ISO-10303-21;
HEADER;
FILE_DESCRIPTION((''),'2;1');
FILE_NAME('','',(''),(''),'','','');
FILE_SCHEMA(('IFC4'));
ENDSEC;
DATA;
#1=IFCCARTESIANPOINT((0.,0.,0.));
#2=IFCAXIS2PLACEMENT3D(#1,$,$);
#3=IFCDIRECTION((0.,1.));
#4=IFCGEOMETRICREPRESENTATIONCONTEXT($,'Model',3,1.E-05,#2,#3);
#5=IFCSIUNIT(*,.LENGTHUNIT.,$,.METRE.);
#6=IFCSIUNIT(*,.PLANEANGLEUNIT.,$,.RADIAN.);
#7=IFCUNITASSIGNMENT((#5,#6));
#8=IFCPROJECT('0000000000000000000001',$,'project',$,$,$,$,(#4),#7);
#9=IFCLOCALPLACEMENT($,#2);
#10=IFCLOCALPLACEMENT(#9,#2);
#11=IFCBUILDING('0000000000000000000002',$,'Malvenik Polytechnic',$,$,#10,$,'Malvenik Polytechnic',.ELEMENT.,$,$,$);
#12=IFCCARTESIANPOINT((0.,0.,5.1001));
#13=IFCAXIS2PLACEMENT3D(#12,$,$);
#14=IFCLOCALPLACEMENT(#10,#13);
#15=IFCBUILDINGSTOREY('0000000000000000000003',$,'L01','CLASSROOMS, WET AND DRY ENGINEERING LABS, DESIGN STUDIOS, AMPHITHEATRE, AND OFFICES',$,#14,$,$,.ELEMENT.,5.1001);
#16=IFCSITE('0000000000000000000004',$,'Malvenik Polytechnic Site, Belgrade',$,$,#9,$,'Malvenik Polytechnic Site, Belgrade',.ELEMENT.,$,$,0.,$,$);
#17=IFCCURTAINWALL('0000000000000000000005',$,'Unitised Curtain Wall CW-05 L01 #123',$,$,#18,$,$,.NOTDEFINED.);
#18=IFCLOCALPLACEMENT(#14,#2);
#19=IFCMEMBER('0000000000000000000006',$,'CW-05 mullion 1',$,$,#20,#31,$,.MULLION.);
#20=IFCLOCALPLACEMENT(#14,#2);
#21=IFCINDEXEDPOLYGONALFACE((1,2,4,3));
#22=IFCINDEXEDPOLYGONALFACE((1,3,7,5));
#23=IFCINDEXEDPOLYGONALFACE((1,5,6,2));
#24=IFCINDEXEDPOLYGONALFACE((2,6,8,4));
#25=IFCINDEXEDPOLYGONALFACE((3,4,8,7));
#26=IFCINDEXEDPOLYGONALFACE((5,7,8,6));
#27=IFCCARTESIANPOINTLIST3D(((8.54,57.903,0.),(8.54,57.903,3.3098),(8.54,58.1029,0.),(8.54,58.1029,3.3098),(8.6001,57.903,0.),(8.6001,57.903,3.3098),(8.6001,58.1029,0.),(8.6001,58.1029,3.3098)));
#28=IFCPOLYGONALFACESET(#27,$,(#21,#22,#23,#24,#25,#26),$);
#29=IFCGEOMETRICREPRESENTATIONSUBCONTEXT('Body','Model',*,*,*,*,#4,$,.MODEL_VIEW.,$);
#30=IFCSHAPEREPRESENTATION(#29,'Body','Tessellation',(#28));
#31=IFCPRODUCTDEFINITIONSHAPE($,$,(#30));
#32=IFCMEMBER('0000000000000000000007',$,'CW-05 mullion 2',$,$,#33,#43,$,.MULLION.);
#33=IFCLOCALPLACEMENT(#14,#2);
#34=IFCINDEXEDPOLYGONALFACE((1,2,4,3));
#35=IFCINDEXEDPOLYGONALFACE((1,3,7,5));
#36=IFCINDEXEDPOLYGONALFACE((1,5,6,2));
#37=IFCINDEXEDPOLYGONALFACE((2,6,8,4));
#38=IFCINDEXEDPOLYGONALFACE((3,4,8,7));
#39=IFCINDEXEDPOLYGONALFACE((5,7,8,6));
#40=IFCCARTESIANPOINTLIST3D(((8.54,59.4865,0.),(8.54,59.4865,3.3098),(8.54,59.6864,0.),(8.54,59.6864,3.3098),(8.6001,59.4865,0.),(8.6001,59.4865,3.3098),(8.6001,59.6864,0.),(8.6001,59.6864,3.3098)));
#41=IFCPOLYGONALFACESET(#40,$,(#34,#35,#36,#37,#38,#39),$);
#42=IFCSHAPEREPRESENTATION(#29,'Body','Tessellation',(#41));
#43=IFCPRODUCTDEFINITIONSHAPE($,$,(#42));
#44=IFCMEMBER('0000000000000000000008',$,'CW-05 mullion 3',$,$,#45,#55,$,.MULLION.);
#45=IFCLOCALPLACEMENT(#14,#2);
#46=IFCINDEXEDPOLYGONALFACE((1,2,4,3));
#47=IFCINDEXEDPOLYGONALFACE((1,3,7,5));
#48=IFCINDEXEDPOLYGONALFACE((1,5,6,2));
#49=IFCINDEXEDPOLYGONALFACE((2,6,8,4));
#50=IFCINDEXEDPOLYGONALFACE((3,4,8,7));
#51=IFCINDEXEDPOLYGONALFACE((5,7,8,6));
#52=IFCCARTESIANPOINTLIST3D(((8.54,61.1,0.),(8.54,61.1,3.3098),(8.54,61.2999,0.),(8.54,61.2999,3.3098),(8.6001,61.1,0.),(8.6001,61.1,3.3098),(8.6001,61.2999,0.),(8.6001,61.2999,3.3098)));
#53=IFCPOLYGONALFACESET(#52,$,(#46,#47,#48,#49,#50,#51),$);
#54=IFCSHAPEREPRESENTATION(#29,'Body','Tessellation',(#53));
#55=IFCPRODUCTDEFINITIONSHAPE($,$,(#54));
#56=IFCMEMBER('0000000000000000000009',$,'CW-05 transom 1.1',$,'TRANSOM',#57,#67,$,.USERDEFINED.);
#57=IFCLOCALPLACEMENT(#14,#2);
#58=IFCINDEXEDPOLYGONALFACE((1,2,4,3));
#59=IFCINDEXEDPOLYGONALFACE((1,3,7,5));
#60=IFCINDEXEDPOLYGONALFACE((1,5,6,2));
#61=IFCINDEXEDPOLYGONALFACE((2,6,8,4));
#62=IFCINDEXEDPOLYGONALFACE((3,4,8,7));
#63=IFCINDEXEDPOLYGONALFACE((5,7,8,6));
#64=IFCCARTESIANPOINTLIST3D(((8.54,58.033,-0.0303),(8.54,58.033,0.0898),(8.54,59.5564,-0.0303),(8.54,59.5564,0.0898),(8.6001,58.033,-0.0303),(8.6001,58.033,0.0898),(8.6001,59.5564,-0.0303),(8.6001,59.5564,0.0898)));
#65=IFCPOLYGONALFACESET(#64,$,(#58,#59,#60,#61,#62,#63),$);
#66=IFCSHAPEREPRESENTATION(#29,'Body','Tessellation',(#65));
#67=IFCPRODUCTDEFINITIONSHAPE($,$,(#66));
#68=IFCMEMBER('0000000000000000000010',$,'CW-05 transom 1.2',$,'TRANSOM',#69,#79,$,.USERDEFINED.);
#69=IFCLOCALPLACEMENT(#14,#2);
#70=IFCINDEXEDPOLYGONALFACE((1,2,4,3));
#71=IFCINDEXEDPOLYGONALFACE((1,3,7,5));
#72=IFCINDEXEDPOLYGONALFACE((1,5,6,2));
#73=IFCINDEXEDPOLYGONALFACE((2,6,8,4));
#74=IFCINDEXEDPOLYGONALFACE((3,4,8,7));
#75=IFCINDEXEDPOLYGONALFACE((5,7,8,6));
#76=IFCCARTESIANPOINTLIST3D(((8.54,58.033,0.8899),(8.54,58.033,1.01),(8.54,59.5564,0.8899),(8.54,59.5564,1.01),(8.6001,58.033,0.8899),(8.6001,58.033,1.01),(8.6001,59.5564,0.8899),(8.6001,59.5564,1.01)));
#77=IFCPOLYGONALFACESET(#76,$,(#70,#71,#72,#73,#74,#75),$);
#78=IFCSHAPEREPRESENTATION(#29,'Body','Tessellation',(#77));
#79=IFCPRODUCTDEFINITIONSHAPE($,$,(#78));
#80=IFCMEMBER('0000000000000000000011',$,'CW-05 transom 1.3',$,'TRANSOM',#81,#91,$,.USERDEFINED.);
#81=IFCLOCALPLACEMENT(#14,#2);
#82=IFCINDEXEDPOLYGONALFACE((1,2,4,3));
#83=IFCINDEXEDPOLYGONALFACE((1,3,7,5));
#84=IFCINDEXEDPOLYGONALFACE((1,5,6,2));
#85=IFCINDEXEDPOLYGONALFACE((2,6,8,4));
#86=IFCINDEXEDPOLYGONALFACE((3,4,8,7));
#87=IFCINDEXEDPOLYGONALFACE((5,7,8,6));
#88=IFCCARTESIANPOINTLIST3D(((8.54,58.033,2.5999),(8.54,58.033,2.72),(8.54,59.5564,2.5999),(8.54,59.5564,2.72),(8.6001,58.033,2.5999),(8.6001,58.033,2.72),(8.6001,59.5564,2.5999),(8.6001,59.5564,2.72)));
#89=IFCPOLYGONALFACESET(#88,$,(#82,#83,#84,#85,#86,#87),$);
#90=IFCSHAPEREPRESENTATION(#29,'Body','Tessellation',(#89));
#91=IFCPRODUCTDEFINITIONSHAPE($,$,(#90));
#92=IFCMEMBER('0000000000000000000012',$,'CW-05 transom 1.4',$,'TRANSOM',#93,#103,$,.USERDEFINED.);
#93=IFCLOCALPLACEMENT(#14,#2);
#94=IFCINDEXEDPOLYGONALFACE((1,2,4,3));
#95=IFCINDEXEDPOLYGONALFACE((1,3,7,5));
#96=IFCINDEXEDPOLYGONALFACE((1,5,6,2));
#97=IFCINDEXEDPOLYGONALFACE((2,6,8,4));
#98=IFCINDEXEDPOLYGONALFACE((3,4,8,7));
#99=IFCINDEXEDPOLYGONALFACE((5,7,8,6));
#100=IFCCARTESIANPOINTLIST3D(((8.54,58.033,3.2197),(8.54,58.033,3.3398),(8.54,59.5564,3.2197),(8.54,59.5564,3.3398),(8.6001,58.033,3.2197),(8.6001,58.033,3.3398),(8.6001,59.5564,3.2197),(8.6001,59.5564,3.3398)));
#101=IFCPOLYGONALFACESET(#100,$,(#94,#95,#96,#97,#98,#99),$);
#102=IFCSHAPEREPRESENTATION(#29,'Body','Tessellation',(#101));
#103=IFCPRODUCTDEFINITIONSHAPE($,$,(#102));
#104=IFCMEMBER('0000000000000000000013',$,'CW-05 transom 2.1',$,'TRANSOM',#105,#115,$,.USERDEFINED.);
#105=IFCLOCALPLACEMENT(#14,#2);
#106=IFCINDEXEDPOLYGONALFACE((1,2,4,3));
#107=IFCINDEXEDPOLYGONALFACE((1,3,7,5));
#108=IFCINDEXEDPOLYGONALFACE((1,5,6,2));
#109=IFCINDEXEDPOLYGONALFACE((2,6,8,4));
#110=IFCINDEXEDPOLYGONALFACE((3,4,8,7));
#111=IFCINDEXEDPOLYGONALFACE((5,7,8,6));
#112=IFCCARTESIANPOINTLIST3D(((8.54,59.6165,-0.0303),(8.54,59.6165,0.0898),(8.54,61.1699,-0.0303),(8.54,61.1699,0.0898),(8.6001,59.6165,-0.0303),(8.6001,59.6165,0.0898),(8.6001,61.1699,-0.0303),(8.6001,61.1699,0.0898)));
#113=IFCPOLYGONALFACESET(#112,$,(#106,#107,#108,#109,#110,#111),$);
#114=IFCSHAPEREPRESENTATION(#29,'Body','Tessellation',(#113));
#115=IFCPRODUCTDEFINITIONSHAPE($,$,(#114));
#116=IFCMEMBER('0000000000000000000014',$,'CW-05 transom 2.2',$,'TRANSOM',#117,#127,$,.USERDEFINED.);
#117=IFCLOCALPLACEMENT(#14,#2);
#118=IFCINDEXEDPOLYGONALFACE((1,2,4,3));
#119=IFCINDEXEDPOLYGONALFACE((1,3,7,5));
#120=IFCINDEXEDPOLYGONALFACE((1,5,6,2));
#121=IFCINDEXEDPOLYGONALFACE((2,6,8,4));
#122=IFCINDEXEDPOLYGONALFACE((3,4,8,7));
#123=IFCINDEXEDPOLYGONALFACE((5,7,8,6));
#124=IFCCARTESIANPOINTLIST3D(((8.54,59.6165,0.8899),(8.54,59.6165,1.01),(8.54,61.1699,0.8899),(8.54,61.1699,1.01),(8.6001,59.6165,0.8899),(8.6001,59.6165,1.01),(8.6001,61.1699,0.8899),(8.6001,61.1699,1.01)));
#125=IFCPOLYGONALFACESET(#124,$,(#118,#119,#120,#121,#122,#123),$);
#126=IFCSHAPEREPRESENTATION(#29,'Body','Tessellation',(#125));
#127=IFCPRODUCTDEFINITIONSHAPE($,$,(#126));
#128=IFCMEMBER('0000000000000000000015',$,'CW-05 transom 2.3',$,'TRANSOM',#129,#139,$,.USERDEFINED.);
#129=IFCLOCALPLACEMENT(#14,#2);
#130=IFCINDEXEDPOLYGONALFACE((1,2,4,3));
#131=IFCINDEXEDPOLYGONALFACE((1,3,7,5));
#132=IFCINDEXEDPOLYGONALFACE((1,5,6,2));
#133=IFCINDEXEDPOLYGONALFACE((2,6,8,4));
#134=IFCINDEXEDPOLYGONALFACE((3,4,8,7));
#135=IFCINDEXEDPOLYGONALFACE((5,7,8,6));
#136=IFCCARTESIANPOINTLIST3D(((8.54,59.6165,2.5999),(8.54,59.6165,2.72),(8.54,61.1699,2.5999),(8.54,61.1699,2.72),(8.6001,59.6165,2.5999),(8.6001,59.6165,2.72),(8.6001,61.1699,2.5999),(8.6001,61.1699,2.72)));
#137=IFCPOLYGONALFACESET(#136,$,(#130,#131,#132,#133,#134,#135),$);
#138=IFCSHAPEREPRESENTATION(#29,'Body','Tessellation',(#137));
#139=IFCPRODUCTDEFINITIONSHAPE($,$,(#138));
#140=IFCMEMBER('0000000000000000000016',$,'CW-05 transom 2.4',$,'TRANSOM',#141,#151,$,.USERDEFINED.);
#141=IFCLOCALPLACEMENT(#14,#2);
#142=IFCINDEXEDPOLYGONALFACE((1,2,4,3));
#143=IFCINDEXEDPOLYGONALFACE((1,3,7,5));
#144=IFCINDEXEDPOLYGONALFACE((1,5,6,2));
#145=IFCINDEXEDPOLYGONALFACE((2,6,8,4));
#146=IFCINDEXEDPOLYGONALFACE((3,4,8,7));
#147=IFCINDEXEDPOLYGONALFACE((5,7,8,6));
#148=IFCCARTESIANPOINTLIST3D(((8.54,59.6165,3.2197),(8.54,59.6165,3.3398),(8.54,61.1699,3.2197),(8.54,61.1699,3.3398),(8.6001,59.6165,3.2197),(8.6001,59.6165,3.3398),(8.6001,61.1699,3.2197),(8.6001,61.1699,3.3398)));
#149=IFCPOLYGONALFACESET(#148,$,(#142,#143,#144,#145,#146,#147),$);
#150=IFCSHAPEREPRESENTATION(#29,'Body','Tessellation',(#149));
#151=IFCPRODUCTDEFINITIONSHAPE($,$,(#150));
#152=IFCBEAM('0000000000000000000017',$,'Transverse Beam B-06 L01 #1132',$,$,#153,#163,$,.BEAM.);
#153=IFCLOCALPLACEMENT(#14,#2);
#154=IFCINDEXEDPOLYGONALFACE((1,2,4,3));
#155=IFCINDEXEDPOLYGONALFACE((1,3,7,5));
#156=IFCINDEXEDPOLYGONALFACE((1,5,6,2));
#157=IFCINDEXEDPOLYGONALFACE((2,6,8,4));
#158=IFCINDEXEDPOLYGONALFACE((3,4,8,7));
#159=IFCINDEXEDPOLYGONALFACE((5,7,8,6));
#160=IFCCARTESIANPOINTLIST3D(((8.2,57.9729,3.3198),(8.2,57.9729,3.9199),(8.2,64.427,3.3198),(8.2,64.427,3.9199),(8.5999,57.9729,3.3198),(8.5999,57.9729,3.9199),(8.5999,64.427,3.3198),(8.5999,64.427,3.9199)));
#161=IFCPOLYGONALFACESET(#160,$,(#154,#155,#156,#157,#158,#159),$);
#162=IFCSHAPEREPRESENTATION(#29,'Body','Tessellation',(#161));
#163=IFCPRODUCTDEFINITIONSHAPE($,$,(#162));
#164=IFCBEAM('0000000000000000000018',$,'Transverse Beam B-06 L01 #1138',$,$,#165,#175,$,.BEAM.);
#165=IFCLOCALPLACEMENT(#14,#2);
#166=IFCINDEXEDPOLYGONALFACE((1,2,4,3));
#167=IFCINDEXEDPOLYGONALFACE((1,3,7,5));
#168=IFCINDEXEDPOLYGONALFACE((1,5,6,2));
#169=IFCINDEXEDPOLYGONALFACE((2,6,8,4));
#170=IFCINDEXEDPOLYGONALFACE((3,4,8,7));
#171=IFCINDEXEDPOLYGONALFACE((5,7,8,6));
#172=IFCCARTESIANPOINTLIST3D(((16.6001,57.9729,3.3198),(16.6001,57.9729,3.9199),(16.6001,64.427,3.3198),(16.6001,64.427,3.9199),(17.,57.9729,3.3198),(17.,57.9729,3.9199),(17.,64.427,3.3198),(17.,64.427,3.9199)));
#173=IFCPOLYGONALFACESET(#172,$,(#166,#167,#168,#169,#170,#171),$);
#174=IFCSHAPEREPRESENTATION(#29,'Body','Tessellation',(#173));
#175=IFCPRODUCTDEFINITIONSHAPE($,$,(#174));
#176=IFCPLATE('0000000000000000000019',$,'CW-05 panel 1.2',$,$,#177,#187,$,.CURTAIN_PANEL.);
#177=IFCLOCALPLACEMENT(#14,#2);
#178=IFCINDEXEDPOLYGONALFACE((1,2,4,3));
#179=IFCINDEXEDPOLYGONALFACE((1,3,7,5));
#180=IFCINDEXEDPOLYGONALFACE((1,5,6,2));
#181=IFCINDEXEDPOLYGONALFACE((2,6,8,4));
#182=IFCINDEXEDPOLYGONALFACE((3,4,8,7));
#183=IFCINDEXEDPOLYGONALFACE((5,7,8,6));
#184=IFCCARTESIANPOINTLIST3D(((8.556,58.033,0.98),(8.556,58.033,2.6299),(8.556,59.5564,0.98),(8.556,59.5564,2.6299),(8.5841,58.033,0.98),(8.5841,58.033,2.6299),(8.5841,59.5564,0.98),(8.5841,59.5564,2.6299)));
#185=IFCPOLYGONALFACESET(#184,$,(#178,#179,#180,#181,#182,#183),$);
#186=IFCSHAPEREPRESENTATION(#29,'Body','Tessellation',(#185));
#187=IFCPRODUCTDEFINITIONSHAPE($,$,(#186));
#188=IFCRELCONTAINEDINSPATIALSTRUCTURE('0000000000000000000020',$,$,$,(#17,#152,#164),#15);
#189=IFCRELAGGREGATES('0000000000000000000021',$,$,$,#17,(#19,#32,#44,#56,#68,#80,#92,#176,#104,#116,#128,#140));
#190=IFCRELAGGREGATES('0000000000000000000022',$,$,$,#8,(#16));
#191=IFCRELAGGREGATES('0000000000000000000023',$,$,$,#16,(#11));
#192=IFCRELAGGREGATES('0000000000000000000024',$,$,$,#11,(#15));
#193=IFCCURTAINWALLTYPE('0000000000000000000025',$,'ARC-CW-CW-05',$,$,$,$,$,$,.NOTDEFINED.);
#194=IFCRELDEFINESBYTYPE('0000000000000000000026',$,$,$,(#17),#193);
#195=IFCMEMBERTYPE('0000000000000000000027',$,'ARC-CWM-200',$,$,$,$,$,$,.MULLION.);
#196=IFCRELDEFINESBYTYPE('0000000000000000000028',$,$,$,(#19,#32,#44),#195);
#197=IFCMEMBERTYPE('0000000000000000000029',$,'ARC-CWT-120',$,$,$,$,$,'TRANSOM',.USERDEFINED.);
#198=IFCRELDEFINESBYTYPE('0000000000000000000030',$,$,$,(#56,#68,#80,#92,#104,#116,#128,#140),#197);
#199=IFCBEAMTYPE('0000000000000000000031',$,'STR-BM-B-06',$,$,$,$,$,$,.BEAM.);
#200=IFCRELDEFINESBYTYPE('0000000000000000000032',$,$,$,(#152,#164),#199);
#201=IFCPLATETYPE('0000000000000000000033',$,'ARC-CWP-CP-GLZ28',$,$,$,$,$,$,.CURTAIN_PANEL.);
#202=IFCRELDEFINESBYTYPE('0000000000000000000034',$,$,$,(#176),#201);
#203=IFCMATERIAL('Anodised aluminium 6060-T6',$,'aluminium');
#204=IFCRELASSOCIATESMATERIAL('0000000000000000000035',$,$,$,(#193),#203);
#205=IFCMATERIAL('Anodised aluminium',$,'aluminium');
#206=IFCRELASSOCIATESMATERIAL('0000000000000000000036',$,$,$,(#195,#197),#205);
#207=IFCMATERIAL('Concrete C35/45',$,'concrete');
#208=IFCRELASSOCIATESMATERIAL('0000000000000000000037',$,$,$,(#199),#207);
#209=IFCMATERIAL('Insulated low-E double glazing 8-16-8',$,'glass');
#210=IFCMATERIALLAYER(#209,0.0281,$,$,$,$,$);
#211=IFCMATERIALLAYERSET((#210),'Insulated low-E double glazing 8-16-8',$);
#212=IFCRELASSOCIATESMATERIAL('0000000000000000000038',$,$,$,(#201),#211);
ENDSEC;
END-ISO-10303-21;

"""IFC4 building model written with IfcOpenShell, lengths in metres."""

from ifc_helpers import new_model, si_unit, direction, frame, origin, origin_2d, place, context, subcontext, project, spatial, rectangle, extrude, material, layer, layer_set, material_profile, profile_set, type_object, element, aggregate, save


model = new_model("IFC4")

# Units and contexts
model_context = context("Model", 3, precision=1e-05, world=origin(), true_north=direction((0.0, 1.0)))
body_context = subcontext(model_context, "Body", "Model", "MODEL_VIEW")
ifc_project = project(units=[si_unit("LENGTHUNIT", "METRE"), si_unit("PLANEANGLEUNIT", "RADIAN")], contexts=[model_context])

# Site, building, storey
site_placement = place(None, origin())
site = spatial("IfcSite", under=ifc_project, at=site_placement, Name="Malvenik Polytechnic Site, Belgrade", LongName="Malvenik Polytechnic Site, Belgrade", CompositionType="ELEMENT", RefElevation=0.0)
building_placement = place(site_placement, origin())
building = spatial("IfcBuilding", under=site, at=building_placement, Name="Malvenik Polytechnic", LongName="Malvenik Polytechnic", CompositionType="ELEMENT")
storey_placement = place(building_placement, frame((0.0, 0.0, 5.1001)))
storey = spatial("IfcBuildingStorey", under=building, at=storey_placement, Name="L01", Description="CLASSROOMS, WET AND DRY ENGINEERING LABS, DESIGN STUDIOS, AMPHITHEATRE, AND OFFICES", CompositionType="ELEMENT", Elevation=5.1001)

# Curtain wall, members
ifc_material_1 = material(Name="Anodised aluminium 6060-T6", Category="aluminium")
curtain_wall_type = type_object("IfcCurtainWallType", Name="ARC-CW-CW-05", PredefinedType="NOTDEFINED", material=ifc_material_1)
curtain_wall_placement = place(storey_placement, origin())
curtain_wall = element("IfcCurtainWall", 1, at=curtain_wall_placement, inside=storey, type_object=curtain_wall_type, Name="Unitised Curtain Wall CW-05 L01 #123", PredefinedType="NOTDEFINED")
ifc_material_2 = material(Name="Anodised aluminium", Category="aluminium")
ifc_material_profile_1 = material_profile(ifc_material_2, rectangle(XDim=0.0601, YDim=0.2, at=origin_2d()), Name="ALU MULLION 60x200")
ifc_profile_set_1 = profile_set([ifc_material_profile_1], Name="Anodised aluminium")
member_type_1 = type_object("IfcMemberType", Name="ARC-CWM-200", PredefinedType="MULLION", material=ifc_profile_set_1)
member_1_placement = place(storey_placement, frame((8.5701, 58.0029, 0.0), z_axis=(0.0, 0.0, 1.0), x_axis=(-1.0, 0.0, 0.0)))
member_1 = element("IfcMember", 2, at=member_1_placement, type_object=member_type_1, Name="CW-05 mullion 1", PredefinedType="MULLION", context=body_context, shape_type="SweptSolid", body=[
    extrude(rectangle(XDim=0.0601, YDim=0.2, at=origin_2d()), origin(), (0.0, 0.0, 1.0), 3.3098),
])
member_2_placement = place(storey_placement, frame((8.5701, 59.5864, 0.0), z_axis=(0.0, 0.0, 1.0), x_axis=(-1.0, 0.0, 0.0)))
member_2 = element("IfcMember", 3, at=member_2_placement, type_object=member_type_1, Name="CW-05 mullion 2", PredefinedType="MULLION", context=body_context, shape_type="SweptSolid", body=[
    extrude(rectangle(XDim=0.0601, YDim=0.2, at=origin_2d()), origin(), (0.0, 0.0, 1.0), 3.3098),
])
member_3_placement = place(storey_placement, frame((8.5701, 61.2, 0.0), z_axis=(0.0, 0.0, 1.0), x_axis=(-1.0, 0.0, 0.0)))
member_3 = element("IfcMember", 4, at=member_3_placement, type_object=member_type_1, Name="CW-05 mullion 3", PredefinedType="MULLION", context=body_context, shape_type="SweptSolid", body=[
    extrude(rectangle(XDim=0.0601, YDim=0.2, at=origin_2d()), origin(), (0.0, 0.0, 1.0), 3.3098),
])
ifc_material_profile_2 = material_profile(ifc_material_2, rectangle(XDim=0.0601, YDim=0.1201, at=origin_2d()), Name="ALU TRANSOM 60x120")
ifc_profile_set_2 = profile_set([ifc_material_profile_2], Name="Anodised aluminium")
member_type_2 = type_object("IfcMemberType", Name="ARC-CWT-120", ElementType="TRANSOM", PredefinedType="USERDEFINED", material=ifc_profile_set_2)
member_4_placement = place(storey_placement, frame((8.5701, 58.033, 0.0298), z_axis=(0.0, 1.0, 0.0), x_axis=(-1.0, 0.0, 0.0)))
member_4 = element("IfcMember", 5, at=member_4_placement, type_object=member_type_2, Name="CW-05 transom 1.1", ObjectType="TRANSOM", PredefinedType="USERDEFINED", context=body_context, shape_type="SweptSolid", body=[
    extrude(rectangle(XDim=0.0601, YDim=0.1201, at=origin_2d()), origin(), (0.0, 0.0, 1.0), 1.5234),
])
member_5_placement = place(storey_placement, frame((8.5701, 58.033, 0.95), z_axis=(0.0, 1.0, 0.0), x_axis=(-1.0, 0.0, 0.0)))
member_5 = element("IfcMember", 6, at=member_5_placement, type_object=member_type_2, Name="CW-05 transom 1.2", ObjectType="TRANSOM", PredefinedType="USERDEFINED", context=body_context, shape_type="SweptSolid", body=[
    extrude(rectangle(XDim=0.0601, YDim=0.1201, at=origin_2d()), origin(), (0.0, 0.0, 1.0), 1.5234),
])
member_6_placement = place(storey_placement, frame((8.5701, 58.033, 2.6599), z_axis=(0.0, 1.0, 0.0), x_axis=(-1.0, 0.0, 0.0)))
member_6 = element("IfcMember", 7, at=member_6_placement, type_object=member_type_2, Name="CW-05 transom 1.3", ObjectType="TRANSOM", PredefinedType="USERDEFINED", context=body_context, shape_type="SweptSolid", body=[
    extrude(rectangle(XDim=0.0601, YDim=0.1201, at=origin_2d()), origin(), (0.0, 0.0, 1.0), 1.5234),
])
member_7_placement = place(storey_placement, frame((8.5701, 58.033, 3.2798), z_axis=(0.0, 1.0, 0.0), x_axis=(-1.0, 0.0, 0.0)))
member_7 = element("IfcMember", 8, at=member_7_placement, type_object=member_type_2, Name="CW-05 transom 1.4", ObjectType="TRANSOM", PredefinedType="USERDEFINED", context=body_context, shape_type="SweptSolid", body=[
    extrude(rectangle(XDim=0.0601, YDim=0.1201, at=origin_2d()), origin(), (0.0, 0.0, 1.0), 1.5234),
])
member_8_placement = place(storey_placement, frame((8.5701, 59.6165, 0.0298), z_axis=(0.0, 1.0, 0.0), x_axis=(-1.0, 0.0, 0.0)))
member_8 = element("IfcMember", 9, at=member_8_placement, type_object=member_type_2, Name="CW-05 transom 2.1", ObjectType="TRANSOM", PredefinedType="USERDEFINED", context=body_context, shape_type="SweptSolid", body=[
    extrude(rectangle(XDim=0.0601, YDim=0.1201, at=origin_2d()), origin(), (0.0, 0.0, 1.0), 1.5535),
])
member_9_placement = place(storey_placement, frame((8.5701, 59.6165, 0.95), z_axis=(0.0, 1.0, 0.0), x_axis=(-1.0, 0.0, 0.0)))
member_9 = element("IfcMember", 10, at=member_9_placement, type_object=member_type_2, Name="CW-05 transom 2.2", ObjectType="TRANSOM", PredefinedType="USERDEFINED", context=body_context, shape_type="SweptSolid", body=[
    extrude(rectangle(XDim=0.0601, YDim=0.1201, at=origin_2d()), origin(), (0.0, 0.0, 1.0), 1.5535),
])
member_10_placement = place(storey_placement, frame((8.5701, 59.6165, 2.6599), z_axis=(0.0, 1.0, 0.0), x_axis=(-1.0, 0.0, 0.0)))
member_10 = element("IfcMember", 11, at=member_10_placement, type_object=member_type_2, Name="CW-05 transom 2.3", ObjectType="TRANSOM", PredefinedType="USERDEFINED", context=body_context, shape_type="SweptSolid", body=[
    extrude(rectangle(XDim=0.0601, YDim=0.1201, at=origin_2d()), origin(), (0.0, 0.0, 1.0), 1.5535),
])
member_11_placement = place(storey_placement, frame((8.5701, 59.6165, 3.2798), z_axis=(0.0, 1.0, 0.0), x_axis=(-1.0, 0.0, 0.0)))
member_11 = element("IfcMember", 12, at=member_11_placement, type_object=member_type_2, Name="CW-05 transom 2.4", ObjectType="TRANSOM", PredefinedType="USERDEFINED", context=body_context, shape_type="SweptSolid", body=[
    extrude(rectangle(XDim=0.0601, YDim=0.1201, at=origin_2d()), origin(), (0.0, 0.0, 1.0), 1.5535),
])

# Beams
ifc_material_3 = material(Name="Concrete C35/45", Category="concrete")
ifc_material_profile_3 = material_profile(ifc_material_3, rectangle(XDim=0.3999, YDim=0.6001, at=origin_2d()), Name="RC BM 400x600")
ifc_profile_set_3 = profile_set([ifc_material_profile_3], Name="Concrete C35/45")
beam_type = type_object("IfcBeamType", Name="STR-BM-B-06", PredefinedType="BEAM", material=ifc_profile_set_3)
for number, where, z_axis, x_axis, name in (
    (13, (8.3999, 57.9729, 3.6199), (0.0, 1.0, 0.0), (-1.0, 0.0, 0.0), "Transverse Beam B-06 L01 #1132"),
    (14, (16.8, 57.9729, 3.6199), (0.0, 1.0, 0.0), (-1.0, 0.0, 0.0), "Transverse Beam B-06 L01 #1138"),
):
    element("IfcBeam", number, at=place(storey_placement, frame(where, z_axis=z_axis, x_axis=x_axis)), inside=storey, type_object=beam_type, Name=name, PredefinedType="BEAM", context=body_context, shape_type="SweptSolid", body=[
        extrude(rectangle(XDim=0.3999, YDim=0.6001, at=origin_2d()), origin(), (0.0, 0.0, 1.0), 6.4541),
    ])

# Plate
ifc_material_4 = material(Name="Insulated low-E double glazing 8-16-8", Category="glass")
ifc_layer_1 = layer(ifc_material_4, 0.0281)
ifc_layer_set_1 = layer_set([ifc_layer_1], Name="Insulated low-E double glazing 8-16-8")
plate_type_1 = type_object("IfcPlateType", Name="ARC-CWP-CP-GLZ28", PredefinedType="CURTAIN_PANEL", material=ifc_layer_set_1)
plate_1_placement = place(storey_placement, frame((8.5701, 58.7947, 0.98), z_axis=(0.0, 0.0, 1.0), x_axis=(0.0, 1.0, 0.0)))
plate_1 = element("IfcPlate", 15, at=plate_1_placement, type_object=plate_type_1, Name="CW-05 panel 1.2", PredefinedType="CURTAIN_PANEL", context=body_context, shape_type="SweptSolid", body=[
    extrude(rectangle(XDim=1.5234, YDim=0.0281, at=origin_2d()), origin(), (0.0, 0.0, 1.0), 1.6499),
])
aggregate(curtain_wall, [member_1, member_2, member_3, member_4, member_5, member_6, member_7, plate_1, member_8, member_9, member_10, member_11])

save(model, "model.ifc")
